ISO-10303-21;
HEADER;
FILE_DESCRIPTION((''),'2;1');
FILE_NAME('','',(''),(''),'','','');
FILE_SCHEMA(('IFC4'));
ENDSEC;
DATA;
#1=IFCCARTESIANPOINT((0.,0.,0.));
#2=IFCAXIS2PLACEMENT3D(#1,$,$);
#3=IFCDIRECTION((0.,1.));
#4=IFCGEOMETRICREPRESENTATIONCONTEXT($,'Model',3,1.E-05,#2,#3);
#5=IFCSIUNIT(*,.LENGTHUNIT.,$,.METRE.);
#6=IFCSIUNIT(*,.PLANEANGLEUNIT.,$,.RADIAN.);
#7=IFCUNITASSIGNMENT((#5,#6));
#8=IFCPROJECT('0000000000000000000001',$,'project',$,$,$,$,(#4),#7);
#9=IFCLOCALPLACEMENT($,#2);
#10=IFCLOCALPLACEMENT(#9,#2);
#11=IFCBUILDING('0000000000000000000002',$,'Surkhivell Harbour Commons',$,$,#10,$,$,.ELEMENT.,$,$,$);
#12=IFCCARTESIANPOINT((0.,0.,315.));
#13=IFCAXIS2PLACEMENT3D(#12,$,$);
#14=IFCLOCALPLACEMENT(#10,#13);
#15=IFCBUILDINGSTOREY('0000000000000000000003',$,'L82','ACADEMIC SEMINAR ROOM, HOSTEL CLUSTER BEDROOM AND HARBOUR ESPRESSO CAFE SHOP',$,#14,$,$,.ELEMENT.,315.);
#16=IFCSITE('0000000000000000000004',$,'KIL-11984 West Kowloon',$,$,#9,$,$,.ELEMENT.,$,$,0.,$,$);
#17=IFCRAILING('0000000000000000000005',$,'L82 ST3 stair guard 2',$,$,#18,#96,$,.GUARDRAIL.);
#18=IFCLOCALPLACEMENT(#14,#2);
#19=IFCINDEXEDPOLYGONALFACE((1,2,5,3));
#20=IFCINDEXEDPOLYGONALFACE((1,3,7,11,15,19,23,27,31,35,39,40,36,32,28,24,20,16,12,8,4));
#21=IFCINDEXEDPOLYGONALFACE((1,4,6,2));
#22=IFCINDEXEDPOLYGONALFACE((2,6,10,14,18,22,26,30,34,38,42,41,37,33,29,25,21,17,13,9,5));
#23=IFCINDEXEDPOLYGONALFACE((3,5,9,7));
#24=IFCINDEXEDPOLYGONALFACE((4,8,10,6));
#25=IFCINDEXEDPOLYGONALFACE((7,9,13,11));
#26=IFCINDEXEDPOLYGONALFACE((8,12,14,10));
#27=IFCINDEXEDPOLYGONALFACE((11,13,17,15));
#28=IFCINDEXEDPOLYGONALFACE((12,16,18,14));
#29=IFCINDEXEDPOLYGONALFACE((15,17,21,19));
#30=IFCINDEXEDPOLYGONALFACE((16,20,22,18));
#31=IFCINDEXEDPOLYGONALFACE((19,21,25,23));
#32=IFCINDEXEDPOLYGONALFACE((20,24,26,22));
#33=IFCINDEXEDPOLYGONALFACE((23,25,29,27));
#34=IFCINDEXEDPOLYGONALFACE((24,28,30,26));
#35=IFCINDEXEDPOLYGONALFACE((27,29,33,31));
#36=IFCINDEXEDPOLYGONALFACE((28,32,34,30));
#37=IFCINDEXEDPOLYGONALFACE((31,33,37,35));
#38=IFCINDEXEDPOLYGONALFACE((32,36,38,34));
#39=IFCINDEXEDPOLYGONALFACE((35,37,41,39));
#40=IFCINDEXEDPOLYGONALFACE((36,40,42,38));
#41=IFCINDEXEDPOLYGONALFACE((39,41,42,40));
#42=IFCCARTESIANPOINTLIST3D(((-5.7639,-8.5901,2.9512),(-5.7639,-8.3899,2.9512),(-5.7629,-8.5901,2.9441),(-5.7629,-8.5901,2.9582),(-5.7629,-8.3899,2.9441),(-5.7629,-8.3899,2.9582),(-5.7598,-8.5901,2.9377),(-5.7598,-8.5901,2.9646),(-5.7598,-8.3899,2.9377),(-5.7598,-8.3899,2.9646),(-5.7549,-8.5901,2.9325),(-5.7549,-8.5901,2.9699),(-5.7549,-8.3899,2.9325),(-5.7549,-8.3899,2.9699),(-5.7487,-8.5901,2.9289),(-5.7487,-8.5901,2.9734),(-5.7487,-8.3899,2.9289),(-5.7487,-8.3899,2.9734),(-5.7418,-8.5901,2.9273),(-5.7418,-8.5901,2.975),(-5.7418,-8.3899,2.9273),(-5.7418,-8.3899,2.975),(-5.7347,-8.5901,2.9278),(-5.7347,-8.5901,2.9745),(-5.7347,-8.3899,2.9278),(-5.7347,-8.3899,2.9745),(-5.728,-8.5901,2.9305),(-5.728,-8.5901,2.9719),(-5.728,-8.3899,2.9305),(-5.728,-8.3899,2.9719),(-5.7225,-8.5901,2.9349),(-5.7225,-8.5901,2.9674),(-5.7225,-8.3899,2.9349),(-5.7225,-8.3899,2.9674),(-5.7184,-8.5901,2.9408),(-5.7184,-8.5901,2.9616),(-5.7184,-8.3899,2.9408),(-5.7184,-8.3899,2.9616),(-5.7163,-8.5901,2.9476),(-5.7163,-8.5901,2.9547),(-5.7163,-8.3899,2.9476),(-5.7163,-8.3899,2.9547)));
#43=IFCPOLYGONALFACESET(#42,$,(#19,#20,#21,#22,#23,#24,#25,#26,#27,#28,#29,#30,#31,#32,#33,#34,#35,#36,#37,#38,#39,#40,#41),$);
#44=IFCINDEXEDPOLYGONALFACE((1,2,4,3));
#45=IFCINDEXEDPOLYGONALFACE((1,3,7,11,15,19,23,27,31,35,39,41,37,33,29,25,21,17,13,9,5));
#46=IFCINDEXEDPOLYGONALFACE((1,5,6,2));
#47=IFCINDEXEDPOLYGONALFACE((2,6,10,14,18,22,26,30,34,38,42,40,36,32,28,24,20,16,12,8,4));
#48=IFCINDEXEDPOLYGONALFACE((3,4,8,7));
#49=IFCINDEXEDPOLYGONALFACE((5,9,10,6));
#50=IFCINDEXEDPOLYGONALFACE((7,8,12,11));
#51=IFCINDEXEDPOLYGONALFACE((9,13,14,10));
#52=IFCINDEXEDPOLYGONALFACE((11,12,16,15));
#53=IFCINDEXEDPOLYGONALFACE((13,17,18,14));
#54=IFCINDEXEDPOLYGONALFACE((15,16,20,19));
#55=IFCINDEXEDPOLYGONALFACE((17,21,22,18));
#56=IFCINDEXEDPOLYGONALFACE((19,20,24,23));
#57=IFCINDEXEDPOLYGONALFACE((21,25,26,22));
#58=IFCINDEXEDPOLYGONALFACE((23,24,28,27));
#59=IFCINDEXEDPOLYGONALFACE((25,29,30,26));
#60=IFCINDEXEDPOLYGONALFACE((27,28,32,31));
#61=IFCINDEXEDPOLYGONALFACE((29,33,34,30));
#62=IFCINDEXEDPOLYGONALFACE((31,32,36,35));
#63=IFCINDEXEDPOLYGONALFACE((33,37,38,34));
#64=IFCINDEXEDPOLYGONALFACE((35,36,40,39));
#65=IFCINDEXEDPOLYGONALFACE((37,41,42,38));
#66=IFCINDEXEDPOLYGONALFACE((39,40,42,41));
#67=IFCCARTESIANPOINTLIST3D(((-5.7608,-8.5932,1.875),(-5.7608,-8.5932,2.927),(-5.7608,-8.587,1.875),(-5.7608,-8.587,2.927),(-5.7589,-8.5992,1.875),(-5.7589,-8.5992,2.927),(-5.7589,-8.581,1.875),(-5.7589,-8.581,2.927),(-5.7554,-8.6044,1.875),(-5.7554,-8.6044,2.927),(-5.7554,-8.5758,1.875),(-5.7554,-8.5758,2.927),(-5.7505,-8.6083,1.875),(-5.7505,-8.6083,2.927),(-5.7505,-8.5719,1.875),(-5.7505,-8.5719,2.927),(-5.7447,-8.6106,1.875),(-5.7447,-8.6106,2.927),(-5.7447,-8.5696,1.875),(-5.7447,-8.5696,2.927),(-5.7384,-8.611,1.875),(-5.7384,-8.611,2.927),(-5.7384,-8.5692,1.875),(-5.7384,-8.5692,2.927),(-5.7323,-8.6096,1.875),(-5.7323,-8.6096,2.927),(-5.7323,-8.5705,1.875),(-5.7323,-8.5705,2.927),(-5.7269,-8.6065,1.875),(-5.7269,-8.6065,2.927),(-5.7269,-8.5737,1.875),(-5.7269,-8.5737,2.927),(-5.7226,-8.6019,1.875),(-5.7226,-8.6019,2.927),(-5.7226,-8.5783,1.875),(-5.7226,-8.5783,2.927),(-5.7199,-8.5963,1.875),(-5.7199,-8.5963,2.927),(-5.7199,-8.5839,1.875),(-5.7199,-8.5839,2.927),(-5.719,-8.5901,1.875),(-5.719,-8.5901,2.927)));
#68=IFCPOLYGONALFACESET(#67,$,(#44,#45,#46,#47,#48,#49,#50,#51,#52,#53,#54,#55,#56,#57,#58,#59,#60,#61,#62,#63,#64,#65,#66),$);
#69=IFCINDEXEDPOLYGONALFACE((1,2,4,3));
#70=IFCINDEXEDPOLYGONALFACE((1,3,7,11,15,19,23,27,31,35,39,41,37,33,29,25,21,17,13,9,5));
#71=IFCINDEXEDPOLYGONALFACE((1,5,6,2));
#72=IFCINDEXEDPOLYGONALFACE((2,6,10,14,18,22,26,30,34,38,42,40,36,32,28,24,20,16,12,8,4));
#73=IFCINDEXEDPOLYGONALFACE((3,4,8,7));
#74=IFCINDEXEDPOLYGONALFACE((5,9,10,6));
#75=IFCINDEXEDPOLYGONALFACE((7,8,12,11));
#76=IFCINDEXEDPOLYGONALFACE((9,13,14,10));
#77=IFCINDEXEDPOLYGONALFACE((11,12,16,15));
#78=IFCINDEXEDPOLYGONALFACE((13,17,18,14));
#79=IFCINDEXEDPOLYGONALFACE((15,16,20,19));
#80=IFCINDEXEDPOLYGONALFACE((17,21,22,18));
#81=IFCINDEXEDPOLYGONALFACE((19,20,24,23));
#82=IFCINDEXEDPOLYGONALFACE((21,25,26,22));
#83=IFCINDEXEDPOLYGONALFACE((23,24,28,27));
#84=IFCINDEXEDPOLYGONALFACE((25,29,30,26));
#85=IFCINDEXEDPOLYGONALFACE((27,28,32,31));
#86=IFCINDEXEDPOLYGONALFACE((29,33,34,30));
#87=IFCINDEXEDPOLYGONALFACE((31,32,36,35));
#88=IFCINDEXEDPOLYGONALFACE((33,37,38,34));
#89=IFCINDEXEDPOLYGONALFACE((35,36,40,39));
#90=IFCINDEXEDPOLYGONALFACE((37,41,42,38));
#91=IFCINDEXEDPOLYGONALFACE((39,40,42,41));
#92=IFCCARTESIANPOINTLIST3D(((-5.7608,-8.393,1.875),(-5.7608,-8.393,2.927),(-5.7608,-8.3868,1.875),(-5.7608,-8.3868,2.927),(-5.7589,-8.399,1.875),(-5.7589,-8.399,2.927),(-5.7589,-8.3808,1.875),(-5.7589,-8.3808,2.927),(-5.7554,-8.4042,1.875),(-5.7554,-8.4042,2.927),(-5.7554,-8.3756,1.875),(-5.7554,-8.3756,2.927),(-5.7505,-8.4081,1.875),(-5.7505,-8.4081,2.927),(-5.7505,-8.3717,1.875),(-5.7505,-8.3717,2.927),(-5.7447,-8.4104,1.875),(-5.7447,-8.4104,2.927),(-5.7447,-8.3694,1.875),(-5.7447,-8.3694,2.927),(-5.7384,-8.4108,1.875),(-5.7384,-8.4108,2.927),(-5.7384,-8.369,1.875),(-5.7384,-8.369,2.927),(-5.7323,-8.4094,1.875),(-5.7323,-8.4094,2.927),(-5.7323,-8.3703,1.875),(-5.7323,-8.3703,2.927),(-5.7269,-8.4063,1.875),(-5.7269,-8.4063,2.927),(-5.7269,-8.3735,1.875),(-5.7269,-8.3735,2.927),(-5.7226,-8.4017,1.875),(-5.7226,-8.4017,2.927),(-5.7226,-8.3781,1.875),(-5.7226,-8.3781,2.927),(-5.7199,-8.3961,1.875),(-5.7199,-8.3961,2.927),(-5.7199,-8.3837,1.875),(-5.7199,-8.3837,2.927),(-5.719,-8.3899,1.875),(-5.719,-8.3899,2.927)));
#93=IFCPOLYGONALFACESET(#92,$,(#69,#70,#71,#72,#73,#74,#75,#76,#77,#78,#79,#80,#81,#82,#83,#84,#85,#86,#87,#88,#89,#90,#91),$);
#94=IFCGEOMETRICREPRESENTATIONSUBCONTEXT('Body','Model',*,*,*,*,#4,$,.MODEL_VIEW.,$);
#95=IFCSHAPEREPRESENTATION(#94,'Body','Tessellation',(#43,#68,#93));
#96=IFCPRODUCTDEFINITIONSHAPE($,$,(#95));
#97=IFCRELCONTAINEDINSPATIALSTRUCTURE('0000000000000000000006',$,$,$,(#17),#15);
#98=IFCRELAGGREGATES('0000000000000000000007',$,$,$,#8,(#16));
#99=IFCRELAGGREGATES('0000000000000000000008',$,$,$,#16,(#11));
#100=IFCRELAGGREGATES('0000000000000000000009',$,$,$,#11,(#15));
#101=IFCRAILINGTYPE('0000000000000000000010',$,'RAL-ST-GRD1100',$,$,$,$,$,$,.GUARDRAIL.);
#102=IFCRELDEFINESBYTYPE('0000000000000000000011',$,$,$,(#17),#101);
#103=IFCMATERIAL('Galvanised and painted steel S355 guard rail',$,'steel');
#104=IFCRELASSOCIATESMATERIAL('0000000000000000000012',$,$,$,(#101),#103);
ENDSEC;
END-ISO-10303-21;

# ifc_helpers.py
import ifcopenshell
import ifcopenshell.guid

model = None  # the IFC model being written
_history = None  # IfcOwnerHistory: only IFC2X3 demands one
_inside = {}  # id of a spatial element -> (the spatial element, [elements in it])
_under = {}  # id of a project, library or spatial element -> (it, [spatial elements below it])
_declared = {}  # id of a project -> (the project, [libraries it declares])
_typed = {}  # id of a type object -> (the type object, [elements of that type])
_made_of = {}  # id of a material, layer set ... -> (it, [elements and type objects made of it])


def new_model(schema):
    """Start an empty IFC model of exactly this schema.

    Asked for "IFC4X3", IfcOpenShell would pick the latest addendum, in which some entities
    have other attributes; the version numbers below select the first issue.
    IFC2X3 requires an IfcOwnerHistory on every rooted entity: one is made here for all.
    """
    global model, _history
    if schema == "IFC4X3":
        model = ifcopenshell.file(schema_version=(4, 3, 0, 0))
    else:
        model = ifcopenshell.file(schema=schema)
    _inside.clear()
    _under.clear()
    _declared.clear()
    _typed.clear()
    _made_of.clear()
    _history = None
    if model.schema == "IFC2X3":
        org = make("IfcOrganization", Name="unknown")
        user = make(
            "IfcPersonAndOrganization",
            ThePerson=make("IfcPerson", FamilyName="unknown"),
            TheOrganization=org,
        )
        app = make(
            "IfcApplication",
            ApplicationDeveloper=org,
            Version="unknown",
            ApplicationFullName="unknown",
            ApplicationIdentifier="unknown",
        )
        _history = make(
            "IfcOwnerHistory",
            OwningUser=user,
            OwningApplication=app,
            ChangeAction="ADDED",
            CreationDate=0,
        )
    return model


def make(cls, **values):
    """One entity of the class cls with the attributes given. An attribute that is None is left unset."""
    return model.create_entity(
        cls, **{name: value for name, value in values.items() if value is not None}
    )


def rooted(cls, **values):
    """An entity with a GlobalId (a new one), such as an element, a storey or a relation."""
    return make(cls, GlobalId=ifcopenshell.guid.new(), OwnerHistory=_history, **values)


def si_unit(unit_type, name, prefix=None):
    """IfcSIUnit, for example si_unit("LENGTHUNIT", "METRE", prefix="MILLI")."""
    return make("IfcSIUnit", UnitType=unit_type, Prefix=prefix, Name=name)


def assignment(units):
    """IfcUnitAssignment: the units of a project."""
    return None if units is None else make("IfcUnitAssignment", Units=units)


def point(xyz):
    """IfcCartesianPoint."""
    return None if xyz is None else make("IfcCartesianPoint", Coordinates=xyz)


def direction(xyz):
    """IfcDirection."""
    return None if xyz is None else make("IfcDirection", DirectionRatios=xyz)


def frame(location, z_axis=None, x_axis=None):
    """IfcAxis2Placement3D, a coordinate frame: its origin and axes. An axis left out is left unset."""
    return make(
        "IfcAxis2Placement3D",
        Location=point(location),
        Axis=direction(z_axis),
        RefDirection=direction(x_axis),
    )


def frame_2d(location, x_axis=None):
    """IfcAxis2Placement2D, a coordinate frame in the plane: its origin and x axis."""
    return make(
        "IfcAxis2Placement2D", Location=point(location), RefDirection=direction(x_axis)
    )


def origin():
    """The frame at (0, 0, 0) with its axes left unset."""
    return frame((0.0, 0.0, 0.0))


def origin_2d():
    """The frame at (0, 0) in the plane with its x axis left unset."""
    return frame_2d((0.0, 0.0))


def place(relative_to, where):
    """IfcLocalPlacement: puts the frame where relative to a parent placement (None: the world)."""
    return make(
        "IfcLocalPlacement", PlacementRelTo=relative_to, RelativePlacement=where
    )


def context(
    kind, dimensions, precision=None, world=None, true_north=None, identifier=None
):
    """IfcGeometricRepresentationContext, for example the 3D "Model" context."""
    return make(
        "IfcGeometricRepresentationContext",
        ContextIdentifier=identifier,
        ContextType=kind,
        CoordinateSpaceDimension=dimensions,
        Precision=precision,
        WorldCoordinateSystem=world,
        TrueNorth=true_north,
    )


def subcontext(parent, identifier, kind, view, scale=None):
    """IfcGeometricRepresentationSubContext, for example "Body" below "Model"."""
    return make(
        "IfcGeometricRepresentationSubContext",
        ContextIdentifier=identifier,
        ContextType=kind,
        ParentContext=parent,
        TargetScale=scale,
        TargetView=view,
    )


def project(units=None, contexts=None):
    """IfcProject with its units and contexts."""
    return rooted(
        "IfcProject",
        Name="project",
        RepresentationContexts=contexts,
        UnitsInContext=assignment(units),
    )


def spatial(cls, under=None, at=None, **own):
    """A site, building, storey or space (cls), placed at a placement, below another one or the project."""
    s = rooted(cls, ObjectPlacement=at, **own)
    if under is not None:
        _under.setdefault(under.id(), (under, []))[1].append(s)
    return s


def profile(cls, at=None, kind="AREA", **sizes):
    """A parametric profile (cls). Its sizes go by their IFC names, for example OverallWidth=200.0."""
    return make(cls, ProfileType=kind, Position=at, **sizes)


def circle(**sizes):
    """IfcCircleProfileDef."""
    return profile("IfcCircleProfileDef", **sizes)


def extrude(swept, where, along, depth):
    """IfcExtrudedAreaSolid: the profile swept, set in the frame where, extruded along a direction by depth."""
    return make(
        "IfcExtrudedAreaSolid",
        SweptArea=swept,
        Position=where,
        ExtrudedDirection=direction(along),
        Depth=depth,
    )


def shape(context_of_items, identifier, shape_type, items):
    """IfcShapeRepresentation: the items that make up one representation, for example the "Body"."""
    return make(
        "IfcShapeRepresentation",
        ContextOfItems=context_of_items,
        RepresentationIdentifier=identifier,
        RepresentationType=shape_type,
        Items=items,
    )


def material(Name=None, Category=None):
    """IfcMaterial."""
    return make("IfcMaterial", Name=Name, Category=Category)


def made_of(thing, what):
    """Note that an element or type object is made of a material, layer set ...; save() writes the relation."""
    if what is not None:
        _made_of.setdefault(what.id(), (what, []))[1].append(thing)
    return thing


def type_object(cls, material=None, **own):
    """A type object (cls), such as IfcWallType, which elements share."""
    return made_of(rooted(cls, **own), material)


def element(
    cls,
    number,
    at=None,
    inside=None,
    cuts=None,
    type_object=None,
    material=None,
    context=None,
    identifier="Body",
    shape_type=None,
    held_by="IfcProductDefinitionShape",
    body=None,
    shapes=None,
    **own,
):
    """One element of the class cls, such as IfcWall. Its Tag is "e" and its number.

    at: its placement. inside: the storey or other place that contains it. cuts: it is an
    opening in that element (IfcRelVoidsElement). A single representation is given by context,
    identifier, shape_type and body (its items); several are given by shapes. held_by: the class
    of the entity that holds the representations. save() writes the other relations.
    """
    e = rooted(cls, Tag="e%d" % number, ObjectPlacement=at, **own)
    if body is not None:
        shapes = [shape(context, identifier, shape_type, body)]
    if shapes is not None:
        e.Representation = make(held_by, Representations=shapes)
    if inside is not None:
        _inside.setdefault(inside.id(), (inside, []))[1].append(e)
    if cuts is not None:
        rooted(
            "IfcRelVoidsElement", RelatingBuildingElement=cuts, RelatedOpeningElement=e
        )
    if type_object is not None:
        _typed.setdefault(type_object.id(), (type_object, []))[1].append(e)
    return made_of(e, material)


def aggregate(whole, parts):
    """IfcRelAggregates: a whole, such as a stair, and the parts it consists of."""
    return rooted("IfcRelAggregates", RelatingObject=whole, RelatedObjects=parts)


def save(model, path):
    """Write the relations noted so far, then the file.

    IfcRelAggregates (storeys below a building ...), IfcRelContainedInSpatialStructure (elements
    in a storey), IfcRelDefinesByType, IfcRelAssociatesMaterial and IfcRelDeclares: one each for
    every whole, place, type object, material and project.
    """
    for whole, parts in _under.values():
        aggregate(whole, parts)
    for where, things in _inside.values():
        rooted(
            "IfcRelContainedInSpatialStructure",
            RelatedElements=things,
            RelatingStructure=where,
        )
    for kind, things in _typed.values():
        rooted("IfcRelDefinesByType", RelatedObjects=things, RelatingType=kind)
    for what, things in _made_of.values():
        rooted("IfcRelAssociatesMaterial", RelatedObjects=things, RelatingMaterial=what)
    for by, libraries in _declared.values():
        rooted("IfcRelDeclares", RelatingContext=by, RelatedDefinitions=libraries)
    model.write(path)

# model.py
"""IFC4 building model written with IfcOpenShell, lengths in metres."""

from ifc_helpers import new_model, si_unit, direction, frame, origin, origin_2d, place, context, subcontext, project, spatial, circle, extrude, material, type_object, element, save


model = new_model("IFC4")

# Units and contexts
model_context = context("Model", 3, precision=1e-05, world=origin(), true_north=direction((0.0, 1.0)))
body_context = subcontext(model_context, "Body", "Model", "MODEL_VIEW")
ifc_project = project(units=[si_unit("LENGTHUNIT", "METRE"), si_unit("PLANEANGLEUNIT", "RADIAN")], contexts=[model_context])

# Site, building, storey
site_placement = place(None, origin())
site = spatial("IfcSite", under=ifc_project, at=site_placement, Name="KIL-11984 West Kowloon", CompositionType="ELEMENT", RefElevation=0.0)
building_placement = place(site_placement, origin())
building = spatial("IfcBuilding", under=site, at=building_placement, Name="Surkhivell Harbour Commons", CompositionType="ELEMENT")
storey_placement = place(building_placement, frame((0.0, 0.0, 315.0)))
storey = spatial("IfcBuildingStorey", under=building, at=storey_placement, Name="L82", Description="ACADEMIC SEMINAR ROOM, HOSTEL CLUSTER BEDROOM AND HARBOUR ESPRESSO CAFE SHOP", CompositionType="ELEMENT", Elevation=315.0)

# Railing
ifc_material_1 = material(Name="Galvanised and painted steel S355 guard rail", Category="steel")
railing_type_1 = type_object("IfcRailingType", Name="RAL-ST-GRD1100", PredefinedType="GUARDRAIL", material=ifc_material_1)
railing_1_placement = place(storey_placement, frame((-5.74, -8.5901, 1.875)))
element("IfcRailing", 1, at=railing_1_placement, inside=storey, type_object=railing_type_1, Name="L82 ST3 stair guard 2", PredefinedType="GUARDRAIL", context=body_context, shape_type="SweptSolid", body=[
    extrude(circle(Radius=0.0239, at=origin_2d()), frame((0.0, 0.0, 1.0762), z_axis=(0.0, 1.0, 0.0), x_axis=(-1.0, 0.0, 0.0)), (0.0, 0.0, 1.0), 0.2002),
    extrude(circle(Radius=0.021, at=origin_2d()), origin(), (0.0, 0.0, 1.0), 1.052),
    extrude(circle(Radius=0.021, at=origin_2d()), frame((0.0, 0.2002, 0.0)), (0.0, 0.0, 1.0), 1.052),
])

save(model, "model.ifc")
